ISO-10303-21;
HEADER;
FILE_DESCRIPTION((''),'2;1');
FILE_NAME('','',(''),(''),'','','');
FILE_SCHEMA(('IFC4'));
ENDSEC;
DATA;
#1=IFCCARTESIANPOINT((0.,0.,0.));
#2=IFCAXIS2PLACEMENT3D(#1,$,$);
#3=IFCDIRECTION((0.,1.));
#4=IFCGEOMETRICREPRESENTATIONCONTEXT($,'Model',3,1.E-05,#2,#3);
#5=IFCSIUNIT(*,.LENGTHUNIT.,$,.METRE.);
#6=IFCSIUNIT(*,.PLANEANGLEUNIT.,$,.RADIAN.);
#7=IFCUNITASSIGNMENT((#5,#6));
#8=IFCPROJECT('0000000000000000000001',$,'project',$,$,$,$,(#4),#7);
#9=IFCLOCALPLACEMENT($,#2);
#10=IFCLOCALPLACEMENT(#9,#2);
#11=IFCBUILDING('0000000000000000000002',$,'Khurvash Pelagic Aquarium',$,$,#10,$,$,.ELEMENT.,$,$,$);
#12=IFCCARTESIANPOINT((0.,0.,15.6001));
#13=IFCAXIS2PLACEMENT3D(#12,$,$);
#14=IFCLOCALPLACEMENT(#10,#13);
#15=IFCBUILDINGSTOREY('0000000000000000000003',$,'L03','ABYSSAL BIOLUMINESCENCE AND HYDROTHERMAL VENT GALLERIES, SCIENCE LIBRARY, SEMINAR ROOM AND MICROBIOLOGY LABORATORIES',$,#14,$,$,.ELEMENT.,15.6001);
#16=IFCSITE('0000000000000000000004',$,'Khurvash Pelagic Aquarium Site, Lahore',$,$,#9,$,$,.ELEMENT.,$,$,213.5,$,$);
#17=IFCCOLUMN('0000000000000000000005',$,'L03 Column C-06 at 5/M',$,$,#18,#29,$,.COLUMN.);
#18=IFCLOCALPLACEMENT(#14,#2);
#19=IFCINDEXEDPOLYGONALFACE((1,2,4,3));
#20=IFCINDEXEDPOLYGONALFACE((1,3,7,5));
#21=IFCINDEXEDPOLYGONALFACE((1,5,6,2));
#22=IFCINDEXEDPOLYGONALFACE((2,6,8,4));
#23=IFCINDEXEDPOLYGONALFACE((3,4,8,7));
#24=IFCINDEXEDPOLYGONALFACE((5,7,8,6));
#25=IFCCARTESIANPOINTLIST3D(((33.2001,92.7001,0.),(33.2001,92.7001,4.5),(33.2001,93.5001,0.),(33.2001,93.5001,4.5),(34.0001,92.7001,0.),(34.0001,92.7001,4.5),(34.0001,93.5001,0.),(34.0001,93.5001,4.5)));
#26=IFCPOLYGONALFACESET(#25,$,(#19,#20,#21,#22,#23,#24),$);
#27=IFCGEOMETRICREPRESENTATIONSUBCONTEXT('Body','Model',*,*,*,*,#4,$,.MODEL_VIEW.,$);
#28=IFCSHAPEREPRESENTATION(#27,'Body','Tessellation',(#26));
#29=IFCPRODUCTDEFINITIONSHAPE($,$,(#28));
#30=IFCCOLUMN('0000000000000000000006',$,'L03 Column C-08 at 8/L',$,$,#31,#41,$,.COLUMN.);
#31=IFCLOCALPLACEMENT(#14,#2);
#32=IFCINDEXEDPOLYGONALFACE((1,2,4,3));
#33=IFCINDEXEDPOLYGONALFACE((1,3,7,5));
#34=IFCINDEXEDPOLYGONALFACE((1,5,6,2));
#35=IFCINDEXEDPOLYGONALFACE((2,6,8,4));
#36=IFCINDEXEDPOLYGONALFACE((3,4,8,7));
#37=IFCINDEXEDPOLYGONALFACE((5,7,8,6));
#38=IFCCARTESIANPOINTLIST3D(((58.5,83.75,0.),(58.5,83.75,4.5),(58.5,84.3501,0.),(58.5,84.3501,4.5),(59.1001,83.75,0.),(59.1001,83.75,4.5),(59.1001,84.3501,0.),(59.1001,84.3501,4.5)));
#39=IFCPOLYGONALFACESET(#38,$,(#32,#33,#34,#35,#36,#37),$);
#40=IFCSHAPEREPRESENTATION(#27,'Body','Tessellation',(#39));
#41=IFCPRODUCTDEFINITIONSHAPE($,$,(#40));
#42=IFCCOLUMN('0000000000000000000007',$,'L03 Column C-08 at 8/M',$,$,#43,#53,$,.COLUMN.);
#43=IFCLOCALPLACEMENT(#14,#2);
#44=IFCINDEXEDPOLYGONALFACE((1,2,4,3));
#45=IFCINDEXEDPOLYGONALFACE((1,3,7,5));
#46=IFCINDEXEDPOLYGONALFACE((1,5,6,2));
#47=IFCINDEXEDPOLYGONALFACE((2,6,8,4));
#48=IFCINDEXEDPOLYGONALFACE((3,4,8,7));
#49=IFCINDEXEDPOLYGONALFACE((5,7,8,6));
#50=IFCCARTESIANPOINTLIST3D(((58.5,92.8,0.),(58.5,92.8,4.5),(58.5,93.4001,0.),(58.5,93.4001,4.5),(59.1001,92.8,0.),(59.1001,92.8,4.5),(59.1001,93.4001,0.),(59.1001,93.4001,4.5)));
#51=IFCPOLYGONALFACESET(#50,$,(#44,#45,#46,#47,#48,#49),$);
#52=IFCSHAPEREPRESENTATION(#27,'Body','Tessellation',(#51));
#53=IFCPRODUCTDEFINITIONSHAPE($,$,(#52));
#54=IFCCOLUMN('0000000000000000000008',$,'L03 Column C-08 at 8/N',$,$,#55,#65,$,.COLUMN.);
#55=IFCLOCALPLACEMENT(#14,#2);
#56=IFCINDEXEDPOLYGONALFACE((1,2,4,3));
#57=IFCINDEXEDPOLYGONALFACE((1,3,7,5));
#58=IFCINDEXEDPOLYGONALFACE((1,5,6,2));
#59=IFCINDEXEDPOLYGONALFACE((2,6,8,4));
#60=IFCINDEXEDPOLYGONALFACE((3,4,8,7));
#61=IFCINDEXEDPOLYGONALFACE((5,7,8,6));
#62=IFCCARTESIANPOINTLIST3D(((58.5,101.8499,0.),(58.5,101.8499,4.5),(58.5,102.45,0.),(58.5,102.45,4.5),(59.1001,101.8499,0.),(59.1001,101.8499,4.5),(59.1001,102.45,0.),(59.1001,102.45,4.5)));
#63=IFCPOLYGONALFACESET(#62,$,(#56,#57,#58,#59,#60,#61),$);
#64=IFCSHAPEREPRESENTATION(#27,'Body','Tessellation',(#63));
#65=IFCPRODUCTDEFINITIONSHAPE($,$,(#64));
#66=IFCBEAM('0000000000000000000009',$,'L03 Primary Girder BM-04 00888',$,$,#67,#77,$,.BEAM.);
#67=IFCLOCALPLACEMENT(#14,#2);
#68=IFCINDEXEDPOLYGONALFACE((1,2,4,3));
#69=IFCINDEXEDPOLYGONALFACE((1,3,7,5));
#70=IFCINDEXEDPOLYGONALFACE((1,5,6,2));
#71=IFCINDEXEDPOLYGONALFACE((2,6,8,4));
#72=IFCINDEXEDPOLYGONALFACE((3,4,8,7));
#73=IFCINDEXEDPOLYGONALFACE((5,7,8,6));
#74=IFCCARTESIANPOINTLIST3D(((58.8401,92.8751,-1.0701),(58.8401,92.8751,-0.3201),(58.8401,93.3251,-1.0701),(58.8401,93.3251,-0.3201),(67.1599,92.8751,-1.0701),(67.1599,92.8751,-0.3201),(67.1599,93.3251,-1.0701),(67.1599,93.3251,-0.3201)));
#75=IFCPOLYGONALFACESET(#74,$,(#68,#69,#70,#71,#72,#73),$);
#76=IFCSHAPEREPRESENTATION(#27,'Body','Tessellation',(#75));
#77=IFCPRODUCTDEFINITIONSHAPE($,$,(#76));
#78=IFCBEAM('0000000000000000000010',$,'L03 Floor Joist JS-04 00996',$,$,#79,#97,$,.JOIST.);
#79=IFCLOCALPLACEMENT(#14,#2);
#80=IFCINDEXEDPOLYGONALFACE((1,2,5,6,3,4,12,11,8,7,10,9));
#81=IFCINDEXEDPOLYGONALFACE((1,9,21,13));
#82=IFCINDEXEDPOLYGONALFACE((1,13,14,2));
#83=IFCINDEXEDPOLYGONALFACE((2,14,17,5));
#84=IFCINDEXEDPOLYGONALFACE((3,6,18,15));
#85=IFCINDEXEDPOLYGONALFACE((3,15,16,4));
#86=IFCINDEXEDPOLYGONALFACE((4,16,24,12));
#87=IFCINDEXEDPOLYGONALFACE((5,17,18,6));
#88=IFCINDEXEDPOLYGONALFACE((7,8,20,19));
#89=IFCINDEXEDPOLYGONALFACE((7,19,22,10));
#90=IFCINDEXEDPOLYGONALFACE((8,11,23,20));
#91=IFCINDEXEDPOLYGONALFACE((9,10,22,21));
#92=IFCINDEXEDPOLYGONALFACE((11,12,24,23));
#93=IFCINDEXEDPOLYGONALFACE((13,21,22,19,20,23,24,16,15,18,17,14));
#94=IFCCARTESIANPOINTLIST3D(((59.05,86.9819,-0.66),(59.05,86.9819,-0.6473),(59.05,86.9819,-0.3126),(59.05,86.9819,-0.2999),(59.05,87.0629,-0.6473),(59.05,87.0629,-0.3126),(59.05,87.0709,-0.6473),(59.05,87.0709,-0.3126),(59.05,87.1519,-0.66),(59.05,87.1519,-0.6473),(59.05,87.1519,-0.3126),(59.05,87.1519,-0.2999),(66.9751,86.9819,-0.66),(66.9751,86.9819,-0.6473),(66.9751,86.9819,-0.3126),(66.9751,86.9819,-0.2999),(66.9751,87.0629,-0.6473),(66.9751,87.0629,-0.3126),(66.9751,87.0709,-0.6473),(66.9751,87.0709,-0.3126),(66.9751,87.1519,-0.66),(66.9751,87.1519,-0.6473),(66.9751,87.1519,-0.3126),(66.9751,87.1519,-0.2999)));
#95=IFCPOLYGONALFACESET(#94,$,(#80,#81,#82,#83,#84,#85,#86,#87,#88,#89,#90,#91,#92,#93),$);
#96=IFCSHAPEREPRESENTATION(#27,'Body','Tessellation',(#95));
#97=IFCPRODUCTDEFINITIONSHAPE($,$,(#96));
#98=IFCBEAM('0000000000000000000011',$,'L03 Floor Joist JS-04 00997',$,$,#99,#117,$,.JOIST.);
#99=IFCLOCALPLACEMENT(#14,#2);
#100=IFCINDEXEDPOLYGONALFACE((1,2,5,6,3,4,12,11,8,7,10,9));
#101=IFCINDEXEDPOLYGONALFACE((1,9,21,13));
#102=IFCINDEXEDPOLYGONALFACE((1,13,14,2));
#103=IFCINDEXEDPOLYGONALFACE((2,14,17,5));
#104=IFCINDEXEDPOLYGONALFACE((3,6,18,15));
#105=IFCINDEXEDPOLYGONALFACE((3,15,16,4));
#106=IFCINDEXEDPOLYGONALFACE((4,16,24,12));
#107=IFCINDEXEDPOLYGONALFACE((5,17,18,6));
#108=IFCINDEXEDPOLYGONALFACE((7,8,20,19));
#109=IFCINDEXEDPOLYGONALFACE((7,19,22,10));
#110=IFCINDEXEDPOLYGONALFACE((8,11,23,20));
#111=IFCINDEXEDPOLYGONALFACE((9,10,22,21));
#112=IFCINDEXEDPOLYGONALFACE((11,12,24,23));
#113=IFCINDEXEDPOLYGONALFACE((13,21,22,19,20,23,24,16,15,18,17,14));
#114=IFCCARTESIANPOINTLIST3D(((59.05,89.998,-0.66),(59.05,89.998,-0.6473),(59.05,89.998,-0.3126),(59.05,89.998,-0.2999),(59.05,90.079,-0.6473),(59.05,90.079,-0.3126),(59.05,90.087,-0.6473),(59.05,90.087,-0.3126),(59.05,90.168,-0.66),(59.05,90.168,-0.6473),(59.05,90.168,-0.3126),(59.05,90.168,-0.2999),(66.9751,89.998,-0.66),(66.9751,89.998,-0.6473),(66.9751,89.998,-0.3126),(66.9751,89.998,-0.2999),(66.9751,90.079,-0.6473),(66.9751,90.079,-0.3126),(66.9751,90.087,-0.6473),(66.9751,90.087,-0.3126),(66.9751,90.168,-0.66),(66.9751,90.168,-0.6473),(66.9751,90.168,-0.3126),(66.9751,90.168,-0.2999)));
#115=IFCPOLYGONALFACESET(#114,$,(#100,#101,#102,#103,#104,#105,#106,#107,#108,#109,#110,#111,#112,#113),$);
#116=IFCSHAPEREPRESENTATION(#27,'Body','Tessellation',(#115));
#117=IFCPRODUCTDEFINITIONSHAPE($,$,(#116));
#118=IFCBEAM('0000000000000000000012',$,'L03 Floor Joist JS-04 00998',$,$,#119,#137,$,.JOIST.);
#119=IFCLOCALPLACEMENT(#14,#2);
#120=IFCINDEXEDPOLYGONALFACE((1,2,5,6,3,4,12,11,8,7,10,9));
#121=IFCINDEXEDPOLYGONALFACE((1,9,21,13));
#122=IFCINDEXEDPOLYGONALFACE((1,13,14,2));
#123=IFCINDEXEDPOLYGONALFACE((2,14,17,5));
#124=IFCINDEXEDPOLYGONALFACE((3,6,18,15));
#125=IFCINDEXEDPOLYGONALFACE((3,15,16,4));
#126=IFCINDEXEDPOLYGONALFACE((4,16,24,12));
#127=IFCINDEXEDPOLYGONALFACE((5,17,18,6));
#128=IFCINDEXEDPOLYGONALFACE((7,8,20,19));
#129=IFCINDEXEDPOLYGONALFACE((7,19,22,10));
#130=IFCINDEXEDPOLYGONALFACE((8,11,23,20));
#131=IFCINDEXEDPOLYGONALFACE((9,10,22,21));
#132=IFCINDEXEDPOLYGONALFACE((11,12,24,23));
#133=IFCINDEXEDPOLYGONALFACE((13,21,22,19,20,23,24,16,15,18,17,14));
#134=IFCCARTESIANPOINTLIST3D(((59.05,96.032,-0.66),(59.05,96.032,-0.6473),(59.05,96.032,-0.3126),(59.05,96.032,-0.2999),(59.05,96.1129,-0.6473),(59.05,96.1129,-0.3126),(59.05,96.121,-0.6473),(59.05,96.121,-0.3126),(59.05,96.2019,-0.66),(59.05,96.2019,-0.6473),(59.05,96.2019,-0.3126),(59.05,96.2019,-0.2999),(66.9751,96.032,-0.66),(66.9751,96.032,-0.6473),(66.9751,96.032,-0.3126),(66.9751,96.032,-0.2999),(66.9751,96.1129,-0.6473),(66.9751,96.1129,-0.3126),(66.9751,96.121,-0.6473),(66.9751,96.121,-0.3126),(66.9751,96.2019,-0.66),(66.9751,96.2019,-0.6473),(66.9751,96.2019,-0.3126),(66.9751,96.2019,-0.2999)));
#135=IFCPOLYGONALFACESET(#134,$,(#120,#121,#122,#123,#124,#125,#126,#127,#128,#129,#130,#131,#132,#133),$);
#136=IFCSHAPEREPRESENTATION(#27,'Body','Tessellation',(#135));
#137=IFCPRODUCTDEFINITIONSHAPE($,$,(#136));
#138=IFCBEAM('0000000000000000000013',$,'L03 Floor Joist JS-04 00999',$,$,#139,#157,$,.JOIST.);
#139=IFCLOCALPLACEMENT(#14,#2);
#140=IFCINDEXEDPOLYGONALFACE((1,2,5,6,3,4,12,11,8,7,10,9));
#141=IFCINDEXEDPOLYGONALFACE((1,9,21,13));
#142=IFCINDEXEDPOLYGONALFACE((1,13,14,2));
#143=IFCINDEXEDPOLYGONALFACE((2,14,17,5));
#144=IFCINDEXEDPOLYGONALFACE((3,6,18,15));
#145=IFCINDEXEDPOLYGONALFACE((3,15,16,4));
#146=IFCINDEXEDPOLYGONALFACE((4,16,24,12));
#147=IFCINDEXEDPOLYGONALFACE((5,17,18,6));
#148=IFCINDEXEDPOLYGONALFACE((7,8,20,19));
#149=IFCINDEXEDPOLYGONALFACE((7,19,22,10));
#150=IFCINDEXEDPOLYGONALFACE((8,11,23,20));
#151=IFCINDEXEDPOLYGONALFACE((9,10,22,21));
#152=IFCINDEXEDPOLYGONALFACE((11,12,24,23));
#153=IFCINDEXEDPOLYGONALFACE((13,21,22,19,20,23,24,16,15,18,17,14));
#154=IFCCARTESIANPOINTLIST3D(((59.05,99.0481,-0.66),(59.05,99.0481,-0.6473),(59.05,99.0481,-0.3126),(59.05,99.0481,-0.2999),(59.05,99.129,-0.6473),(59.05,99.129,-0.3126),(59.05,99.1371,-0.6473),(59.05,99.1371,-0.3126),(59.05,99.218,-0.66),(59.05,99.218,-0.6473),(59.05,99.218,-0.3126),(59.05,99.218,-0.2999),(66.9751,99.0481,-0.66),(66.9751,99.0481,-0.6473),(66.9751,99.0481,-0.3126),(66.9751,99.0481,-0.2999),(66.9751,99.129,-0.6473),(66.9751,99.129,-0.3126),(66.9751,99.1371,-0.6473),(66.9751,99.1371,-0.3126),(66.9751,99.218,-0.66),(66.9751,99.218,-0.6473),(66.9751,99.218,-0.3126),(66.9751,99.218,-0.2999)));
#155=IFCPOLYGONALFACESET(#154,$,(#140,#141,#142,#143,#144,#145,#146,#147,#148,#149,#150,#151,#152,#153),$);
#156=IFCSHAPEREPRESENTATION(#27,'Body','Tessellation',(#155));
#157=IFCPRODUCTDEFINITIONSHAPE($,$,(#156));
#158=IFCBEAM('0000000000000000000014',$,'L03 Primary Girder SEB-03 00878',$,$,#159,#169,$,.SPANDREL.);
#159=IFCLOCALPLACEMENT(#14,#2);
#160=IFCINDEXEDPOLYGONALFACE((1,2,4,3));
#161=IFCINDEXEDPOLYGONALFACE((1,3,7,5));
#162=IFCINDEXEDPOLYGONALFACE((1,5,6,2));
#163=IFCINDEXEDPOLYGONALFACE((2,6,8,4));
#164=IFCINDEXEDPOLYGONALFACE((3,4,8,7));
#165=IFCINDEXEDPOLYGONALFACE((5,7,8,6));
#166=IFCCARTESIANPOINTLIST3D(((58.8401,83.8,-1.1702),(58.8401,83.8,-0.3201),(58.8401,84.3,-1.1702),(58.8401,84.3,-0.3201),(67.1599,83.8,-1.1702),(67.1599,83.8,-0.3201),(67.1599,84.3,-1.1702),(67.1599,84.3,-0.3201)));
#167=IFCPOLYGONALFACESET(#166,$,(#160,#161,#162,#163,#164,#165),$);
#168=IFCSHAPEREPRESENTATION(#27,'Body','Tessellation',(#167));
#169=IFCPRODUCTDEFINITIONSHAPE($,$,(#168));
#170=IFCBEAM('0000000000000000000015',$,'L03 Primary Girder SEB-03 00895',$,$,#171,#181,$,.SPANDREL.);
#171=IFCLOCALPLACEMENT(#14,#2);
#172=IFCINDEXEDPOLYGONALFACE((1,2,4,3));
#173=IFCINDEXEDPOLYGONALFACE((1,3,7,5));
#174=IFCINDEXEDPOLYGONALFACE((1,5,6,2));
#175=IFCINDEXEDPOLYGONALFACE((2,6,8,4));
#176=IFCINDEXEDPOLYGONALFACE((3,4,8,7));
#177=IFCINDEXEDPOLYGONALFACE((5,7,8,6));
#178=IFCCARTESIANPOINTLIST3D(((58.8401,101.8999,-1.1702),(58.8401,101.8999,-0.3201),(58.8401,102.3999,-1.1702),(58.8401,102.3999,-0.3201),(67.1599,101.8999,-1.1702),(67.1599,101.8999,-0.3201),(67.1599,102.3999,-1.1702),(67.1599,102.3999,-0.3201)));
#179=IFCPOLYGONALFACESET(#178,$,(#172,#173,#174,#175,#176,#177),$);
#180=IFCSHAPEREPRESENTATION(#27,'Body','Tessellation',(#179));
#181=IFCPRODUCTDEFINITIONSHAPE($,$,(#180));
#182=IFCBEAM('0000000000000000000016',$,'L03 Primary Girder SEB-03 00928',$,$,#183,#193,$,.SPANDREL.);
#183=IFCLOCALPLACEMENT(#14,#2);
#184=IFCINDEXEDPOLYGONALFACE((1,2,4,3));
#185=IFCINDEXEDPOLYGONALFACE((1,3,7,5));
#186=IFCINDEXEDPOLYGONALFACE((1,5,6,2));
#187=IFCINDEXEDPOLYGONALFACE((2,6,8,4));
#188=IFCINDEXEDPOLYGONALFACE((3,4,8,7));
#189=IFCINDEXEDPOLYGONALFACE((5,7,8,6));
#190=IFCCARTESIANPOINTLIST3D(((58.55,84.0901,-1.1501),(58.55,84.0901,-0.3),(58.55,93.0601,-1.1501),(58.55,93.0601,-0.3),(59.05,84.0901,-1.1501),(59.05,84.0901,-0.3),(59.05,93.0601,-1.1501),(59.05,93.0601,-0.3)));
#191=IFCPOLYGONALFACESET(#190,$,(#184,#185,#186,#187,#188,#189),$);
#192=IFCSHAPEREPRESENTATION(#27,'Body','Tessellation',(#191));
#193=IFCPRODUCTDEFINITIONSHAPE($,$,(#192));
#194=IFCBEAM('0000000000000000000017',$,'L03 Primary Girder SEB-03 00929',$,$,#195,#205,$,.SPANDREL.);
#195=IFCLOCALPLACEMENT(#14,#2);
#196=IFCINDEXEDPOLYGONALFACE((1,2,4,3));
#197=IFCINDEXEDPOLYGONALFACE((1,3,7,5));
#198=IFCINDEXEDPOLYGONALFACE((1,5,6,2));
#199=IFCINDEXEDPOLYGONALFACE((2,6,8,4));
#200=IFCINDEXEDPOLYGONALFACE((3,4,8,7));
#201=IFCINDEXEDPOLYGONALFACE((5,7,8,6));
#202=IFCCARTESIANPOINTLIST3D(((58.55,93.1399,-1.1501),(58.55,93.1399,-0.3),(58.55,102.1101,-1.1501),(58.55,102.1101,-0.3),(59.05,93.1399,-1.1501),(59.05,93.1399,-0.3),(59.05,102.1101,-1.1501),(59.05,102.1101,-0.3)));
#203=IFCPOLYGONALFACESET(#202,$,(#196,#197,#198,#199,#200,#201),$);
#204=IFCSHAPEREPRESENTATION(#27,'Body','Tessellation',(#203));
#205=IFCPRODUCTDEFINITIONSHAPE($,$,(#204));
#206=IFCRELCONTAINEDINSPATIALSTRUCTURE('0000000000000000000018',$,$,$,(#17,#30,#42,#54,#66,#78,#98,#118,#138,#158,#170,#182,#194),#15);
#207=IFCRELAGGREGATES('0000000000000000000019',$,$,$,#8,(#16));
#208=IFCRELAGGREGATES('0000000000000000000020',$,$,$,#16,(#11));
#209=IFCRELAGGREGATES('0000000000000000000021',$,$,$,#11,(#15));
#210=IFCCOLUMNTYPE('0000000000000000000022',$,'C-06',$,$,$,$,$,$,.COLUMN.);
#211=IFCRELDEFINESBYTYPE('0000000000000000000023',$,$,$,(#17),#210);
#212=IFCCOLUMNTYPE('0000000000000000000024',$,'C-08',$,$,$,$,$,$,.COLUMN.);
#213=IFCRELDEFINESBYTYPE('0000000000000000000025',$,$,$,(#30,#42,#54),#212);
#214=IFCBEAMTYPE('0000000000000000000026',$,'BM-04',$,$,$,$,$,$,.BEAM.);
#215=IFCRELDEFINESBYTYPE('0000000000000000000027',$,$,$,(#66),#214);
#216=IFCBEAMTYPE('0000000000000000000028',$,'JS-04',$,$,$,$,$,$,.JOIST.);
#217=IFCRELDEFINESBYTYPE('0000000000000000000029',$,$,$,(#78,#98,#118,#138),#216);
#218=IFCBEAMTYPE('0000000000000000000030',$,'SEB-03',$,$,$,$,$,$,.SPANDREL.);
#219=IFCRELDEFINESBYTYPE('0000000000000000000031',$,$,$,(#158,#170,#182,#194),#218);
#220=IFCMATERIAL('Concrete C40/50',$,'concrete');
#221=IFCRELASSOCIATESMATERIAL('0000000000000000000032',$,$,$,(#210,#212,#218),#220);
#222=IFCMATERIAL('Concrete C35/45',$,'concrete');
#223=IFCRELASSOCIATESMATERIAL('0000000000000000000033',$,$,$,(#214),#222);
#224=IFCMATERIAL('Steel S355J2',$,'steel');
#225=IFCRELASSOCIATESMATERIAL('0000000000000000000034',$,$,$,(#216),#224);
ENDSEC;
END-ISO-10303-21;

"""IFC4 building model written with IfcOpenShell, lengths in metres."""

from ifc_helpers import new_model, si_unit, direction, frame, origin, origin_2d, place, context, subcontext, project, spatial, rectangle, i_section, extrude, material, material_profile, profile_set, type_object, element, save


model = new_model("IFC4")

# Units and contexts
model_context = context("Model", 3, precision=1e-05, world=origin(), true_north=direction((0.0, 1.0)))
body_context = subcontext(model_context, "Body", "Model", "MODEL_VIEW")
ifc_project = project(units=[si_unit("LENGTHUNIT", "METRE"), si_unit("PLANEANGLEUNIT", "RADIAN")], contexts=[model_context])

# Site, building, storey
site_placement = place(None, origin())
site = spatial("IfcSite", under=ifc_project, at=site_placement, Name="Khurvash Pelagic Aquarium Site, Lahore", CompositionType="ELEMENT", RefElevation=213.5)
building_placement = place(site_placement, origin())
building = spatial("IfcBuilding", under=site, at=building_placement, Name="Khurvash Pelagic Aquarium", CompositionType="ELEMENT")
storey_placement = place(building_placement, frame((0.0, 0.0, 15.6001)))
storey = spatial("IfcBuildingStorey", under=building, at=storey_placement, Name="L03", Description="ABYSSAL BIOLUMINESCENCE AND HYDROTHERMAL VENT GALLERIES, SCIENCE LIBRARY, SEMINAR ROOM AND MICROBIOLOGY LABORATORIES", CompositionType="ELEMENT", Elevation=15.6001)

# Columns
ifc_material_1 = material(Name="Concrete C40/50", Category="concrete")
ifc_material_profile_1 = material_profile(ifc_material_1, rectangle(XDim=0.8, YDim=0.8, at=origin_2d()), Name="RC800X800")
ifc_profile_set_1 = profile_set([ifc_material_profile_1], Name="Concrete C40/50")
column_type_1 = type_object("IfcColumnType", Name="C-06", PredefinedType="COLUMN", material=ifc_profile_set_1)
column_placement = place(storey_placement, frame((33.6001, 93.1001, 0.0), z_axis=(0.0, 0.0, 1.0), x_axis=(1.0, 0.0, 0.0)))
element("IfcColumn", 1, at=column_placement, inside=storey, type_object=column_type_1, Name="L03 Column C-06 at 5/M", PredefinedType="COLUMN", context=body_context, shape_type="SweptSolid", body=[
    extrude(rectangle(XDim=0.8, YDim=0.8, at=origin_2d()), origin(), (0.0, 0.0, 1.0), 4.5),
])
ifc_material_profile_2 = material_profile(ifc_material_1, rectangle(XDim=0.6001, YDim=0.6001, at=origin_2d()), Name="RC600X600")
ifc_profile_set_2 = profile_set([ifc_material_profile_2], Name="Concrete C40/50")
column_type_2 = type_object("IfcColumnType", Name="C-08", PredefinedType="COLUMN", material=ifc_profile_set_2)
for number, where, z_axis, x_axis, name in (
    (2, (58.8, 84.05, 0.0), (0.0, 0.0, 1.0), (1.0, 0.0, 0.0), "L03 Column C-08 at 8/L"),
    (3, (58.8, 93.1001, 0.0), (0.0, 0.0, 1.0), (1.0, 0.0, 0.0), "L03 Column C-08 at 8/M"),
    (4, (58.8, 102.1499, 0.0), (0.0, 0.0, 1.0), (1.0, 0.0, 0.0), "L03 Column C-08 at 8/N"),
):
    element("IfcColumn", number, at=place(storey_placement, frame(where, z_axis=z_axis, x_axis=x_axis)), inside=storey, type_object=column_type_2, Name=name, PredefinedType="COLUMN", context=body_context, shape_type="SweptSolid", body=[
        extrude(rectangle(XDim=0.6001, YDim=0.6001, at=origin_2d()), origin(), (0.0, 0.0, 1.0), 4.5),
    ])

# Beams
ifc_material_2 = material(Name="Concrete C35/45", Category="concrete")
ifc_material_profile_3 = material_profile(ifc_material_2, rectangle(XDim=0.45, YDim=0.75, at=origin_2d()), Name="RC450X750")
ifc_profile_set_3 = profile_set([ifc_material_profile_3], Name="Concrete C35/45")
beam_type_1 = type_object("IfcBeamType", Name="BM-04", PredefinedType="BEAM", material=ifc_profile_set_3)
beam_1_placement = place(storey_placement, frame((58.8401, 93.1001, -0.6951), z_axis=(1.0, 0.0, 0.0), x_axis=(0.0, 1.0, 0.0)))
element("IfcBeam", 5, at=beam_1_placement, inside=storey, type_object=beam_type_1, Name="L03 Primary Girder BM-04 00888", PredefinedType="BEAM", context=body_context, shape_type="SweptSolid", body=[
    extrude(rectangle(XDim=0.45, YDim=0.75, at=origin_2d()), origin(), (0.0, 0.0, 1.0), 8.3198),
])
ifc_material_3 = material(Name="Steel S355J2", Category="steel")
ifc_material_profile_4 = material_profile(ifc_material_3, i_section(OverallWidth=0.1699, OverallDepth=0.3601, WebThickness=0.0081, FlangeThickness=0.0127, at=origin_2d()), Name="IPE360")
ifc_profile_set_4 = profile_set([ifc_material_profile_4], Name="Steel S355J2")
beam_type_2 = type_object("IfcBeamType", Name="JS-04", PredefinedType="JOIST", material=ifc_profile_set_4)
for number, where, z_axis, x_axis, name in (
    (6, (59.05, 87.0669, -0.48), (1.0, 0.0, 0.0), (0.0, 1.0, 0.0), "L03 Floor Joist JS-04 00996"),
    (7, (59.05, 90.083, -0.48), (1.0, 0.0, 0.0), (0.0, 1.0, 0.0), "L03 Floor Joist JS-04 00997"),
    (8, (59.05, 96.1169, -0.48), (1.0, 0.0, 0.0), (0.0, 1.0, 0.0), "L03 Floor Joist JS-04 00998"),
    (9, (59.05, 99.1331, -0.48), (1.0, 0.0, 0.0), (0.0, 1.0, 0.0), "L03 Floor Joist JS-04 00999"),
):
    element("IfcBeam", number, at=place(storey_placement, frame(where, z_axis=z_axis, x_axis=x_axis)), inside=storey, type_object=beam_type_2, Name=name, PredefinedType="JOIST", context=body_context, shape_type="SweptSolid", body=[
        extrude(i_section(OverallWidth=0.1699, OverallDepth=0.3601, WebThickness=0.0081, FlangeThickness=0.0127, at=origin_2d()), origin(), (0.0, 0.0, 1.0), 7.925),
    ])
ifc_material_profile_5 = material_profile(ifc_material_1, rectangle(XDim=0.5, YDim=0.8501, at=origin_2d()), Name="RC500X850")
ifc_profile_set_5 = profile_set([ifc_material_profile_5], Name="Concrete C40/50")
beam_type_3 = type_object("IfcBeamType", Name="SEB-03", PredefinedType="SPANDREL", material=ifc_profile_set_5)
for number, where, z_axis, x_axis, name in (
    (10, (58.8401, 84.05, -0.7451), (1.0, 0.0, 0.0), (0.0, 1.0, 0.0), "L03 Primary Girder SEB-03 00878"),
    (11, (58.8401, 102.1499, -0.7451), (1.0, 0.0, 0.0), (0.0, 1.0, 0.0), "L03 Primary Girder SEB-03 00895"),
):
    element("IfcBeam", number, at=place(storey_placement, frame(where, z_axis=z_axis, x_axis=x_axis)), inside=storey, type_object=beam_type_3, Name=name, PredefinedType="SPANDREL", context=body_context, shape_type="SweptSolid", body=[
        extrude(rectangle(XDim=0.5, YDim=0.8501, at=origin_2d()), origin(), (0.0, 0.0, 1.0), 8.3198),
    ])
beam_2_placement = place(storey_placement, frame((58.8, 84.0901, -0.7251), z_axis=(0.0, 1.0, 0.0), x_axis=(-1.0, 0.0, 0.0)))
element("IfcBeam", 12, at=beam_2_placement, inside=storey, type_object=beam_type_3, Name="L03 Primary Girder SEB-03 00928", PredefinedType="SPANDREL", context=body_context, shape_type="SweptSolid", body=[
    extrude(rectangle(XDim=0.5, YDim=0.8501, at=origin_2d()), origin(), (0.0, 0.0, 1.0), 8.97),
])
beam_3_placement = place(storey_placement, frame((58.8, 93.1399, -0.7251), z_axis=(0.0, 1.0, 0.0), x_axis=(-1.0, 0.0, 0.0)))
element("IfcBeam", 13, at=beam_3_placement, inside=storey, type_object=beam_type_3, Name="L03 Primary Girder SEB-03 00929", PredefinedType="SPANDREL", context=body_context, shape_type="SweptSolid", body=[
    extrude(rectangle(XDim=0.5, YDim=0.8501, at=origin_2d()), origin(), (0.0, 0.0, 1.0), 8.9702),
])

save(model, "model.ifc")
